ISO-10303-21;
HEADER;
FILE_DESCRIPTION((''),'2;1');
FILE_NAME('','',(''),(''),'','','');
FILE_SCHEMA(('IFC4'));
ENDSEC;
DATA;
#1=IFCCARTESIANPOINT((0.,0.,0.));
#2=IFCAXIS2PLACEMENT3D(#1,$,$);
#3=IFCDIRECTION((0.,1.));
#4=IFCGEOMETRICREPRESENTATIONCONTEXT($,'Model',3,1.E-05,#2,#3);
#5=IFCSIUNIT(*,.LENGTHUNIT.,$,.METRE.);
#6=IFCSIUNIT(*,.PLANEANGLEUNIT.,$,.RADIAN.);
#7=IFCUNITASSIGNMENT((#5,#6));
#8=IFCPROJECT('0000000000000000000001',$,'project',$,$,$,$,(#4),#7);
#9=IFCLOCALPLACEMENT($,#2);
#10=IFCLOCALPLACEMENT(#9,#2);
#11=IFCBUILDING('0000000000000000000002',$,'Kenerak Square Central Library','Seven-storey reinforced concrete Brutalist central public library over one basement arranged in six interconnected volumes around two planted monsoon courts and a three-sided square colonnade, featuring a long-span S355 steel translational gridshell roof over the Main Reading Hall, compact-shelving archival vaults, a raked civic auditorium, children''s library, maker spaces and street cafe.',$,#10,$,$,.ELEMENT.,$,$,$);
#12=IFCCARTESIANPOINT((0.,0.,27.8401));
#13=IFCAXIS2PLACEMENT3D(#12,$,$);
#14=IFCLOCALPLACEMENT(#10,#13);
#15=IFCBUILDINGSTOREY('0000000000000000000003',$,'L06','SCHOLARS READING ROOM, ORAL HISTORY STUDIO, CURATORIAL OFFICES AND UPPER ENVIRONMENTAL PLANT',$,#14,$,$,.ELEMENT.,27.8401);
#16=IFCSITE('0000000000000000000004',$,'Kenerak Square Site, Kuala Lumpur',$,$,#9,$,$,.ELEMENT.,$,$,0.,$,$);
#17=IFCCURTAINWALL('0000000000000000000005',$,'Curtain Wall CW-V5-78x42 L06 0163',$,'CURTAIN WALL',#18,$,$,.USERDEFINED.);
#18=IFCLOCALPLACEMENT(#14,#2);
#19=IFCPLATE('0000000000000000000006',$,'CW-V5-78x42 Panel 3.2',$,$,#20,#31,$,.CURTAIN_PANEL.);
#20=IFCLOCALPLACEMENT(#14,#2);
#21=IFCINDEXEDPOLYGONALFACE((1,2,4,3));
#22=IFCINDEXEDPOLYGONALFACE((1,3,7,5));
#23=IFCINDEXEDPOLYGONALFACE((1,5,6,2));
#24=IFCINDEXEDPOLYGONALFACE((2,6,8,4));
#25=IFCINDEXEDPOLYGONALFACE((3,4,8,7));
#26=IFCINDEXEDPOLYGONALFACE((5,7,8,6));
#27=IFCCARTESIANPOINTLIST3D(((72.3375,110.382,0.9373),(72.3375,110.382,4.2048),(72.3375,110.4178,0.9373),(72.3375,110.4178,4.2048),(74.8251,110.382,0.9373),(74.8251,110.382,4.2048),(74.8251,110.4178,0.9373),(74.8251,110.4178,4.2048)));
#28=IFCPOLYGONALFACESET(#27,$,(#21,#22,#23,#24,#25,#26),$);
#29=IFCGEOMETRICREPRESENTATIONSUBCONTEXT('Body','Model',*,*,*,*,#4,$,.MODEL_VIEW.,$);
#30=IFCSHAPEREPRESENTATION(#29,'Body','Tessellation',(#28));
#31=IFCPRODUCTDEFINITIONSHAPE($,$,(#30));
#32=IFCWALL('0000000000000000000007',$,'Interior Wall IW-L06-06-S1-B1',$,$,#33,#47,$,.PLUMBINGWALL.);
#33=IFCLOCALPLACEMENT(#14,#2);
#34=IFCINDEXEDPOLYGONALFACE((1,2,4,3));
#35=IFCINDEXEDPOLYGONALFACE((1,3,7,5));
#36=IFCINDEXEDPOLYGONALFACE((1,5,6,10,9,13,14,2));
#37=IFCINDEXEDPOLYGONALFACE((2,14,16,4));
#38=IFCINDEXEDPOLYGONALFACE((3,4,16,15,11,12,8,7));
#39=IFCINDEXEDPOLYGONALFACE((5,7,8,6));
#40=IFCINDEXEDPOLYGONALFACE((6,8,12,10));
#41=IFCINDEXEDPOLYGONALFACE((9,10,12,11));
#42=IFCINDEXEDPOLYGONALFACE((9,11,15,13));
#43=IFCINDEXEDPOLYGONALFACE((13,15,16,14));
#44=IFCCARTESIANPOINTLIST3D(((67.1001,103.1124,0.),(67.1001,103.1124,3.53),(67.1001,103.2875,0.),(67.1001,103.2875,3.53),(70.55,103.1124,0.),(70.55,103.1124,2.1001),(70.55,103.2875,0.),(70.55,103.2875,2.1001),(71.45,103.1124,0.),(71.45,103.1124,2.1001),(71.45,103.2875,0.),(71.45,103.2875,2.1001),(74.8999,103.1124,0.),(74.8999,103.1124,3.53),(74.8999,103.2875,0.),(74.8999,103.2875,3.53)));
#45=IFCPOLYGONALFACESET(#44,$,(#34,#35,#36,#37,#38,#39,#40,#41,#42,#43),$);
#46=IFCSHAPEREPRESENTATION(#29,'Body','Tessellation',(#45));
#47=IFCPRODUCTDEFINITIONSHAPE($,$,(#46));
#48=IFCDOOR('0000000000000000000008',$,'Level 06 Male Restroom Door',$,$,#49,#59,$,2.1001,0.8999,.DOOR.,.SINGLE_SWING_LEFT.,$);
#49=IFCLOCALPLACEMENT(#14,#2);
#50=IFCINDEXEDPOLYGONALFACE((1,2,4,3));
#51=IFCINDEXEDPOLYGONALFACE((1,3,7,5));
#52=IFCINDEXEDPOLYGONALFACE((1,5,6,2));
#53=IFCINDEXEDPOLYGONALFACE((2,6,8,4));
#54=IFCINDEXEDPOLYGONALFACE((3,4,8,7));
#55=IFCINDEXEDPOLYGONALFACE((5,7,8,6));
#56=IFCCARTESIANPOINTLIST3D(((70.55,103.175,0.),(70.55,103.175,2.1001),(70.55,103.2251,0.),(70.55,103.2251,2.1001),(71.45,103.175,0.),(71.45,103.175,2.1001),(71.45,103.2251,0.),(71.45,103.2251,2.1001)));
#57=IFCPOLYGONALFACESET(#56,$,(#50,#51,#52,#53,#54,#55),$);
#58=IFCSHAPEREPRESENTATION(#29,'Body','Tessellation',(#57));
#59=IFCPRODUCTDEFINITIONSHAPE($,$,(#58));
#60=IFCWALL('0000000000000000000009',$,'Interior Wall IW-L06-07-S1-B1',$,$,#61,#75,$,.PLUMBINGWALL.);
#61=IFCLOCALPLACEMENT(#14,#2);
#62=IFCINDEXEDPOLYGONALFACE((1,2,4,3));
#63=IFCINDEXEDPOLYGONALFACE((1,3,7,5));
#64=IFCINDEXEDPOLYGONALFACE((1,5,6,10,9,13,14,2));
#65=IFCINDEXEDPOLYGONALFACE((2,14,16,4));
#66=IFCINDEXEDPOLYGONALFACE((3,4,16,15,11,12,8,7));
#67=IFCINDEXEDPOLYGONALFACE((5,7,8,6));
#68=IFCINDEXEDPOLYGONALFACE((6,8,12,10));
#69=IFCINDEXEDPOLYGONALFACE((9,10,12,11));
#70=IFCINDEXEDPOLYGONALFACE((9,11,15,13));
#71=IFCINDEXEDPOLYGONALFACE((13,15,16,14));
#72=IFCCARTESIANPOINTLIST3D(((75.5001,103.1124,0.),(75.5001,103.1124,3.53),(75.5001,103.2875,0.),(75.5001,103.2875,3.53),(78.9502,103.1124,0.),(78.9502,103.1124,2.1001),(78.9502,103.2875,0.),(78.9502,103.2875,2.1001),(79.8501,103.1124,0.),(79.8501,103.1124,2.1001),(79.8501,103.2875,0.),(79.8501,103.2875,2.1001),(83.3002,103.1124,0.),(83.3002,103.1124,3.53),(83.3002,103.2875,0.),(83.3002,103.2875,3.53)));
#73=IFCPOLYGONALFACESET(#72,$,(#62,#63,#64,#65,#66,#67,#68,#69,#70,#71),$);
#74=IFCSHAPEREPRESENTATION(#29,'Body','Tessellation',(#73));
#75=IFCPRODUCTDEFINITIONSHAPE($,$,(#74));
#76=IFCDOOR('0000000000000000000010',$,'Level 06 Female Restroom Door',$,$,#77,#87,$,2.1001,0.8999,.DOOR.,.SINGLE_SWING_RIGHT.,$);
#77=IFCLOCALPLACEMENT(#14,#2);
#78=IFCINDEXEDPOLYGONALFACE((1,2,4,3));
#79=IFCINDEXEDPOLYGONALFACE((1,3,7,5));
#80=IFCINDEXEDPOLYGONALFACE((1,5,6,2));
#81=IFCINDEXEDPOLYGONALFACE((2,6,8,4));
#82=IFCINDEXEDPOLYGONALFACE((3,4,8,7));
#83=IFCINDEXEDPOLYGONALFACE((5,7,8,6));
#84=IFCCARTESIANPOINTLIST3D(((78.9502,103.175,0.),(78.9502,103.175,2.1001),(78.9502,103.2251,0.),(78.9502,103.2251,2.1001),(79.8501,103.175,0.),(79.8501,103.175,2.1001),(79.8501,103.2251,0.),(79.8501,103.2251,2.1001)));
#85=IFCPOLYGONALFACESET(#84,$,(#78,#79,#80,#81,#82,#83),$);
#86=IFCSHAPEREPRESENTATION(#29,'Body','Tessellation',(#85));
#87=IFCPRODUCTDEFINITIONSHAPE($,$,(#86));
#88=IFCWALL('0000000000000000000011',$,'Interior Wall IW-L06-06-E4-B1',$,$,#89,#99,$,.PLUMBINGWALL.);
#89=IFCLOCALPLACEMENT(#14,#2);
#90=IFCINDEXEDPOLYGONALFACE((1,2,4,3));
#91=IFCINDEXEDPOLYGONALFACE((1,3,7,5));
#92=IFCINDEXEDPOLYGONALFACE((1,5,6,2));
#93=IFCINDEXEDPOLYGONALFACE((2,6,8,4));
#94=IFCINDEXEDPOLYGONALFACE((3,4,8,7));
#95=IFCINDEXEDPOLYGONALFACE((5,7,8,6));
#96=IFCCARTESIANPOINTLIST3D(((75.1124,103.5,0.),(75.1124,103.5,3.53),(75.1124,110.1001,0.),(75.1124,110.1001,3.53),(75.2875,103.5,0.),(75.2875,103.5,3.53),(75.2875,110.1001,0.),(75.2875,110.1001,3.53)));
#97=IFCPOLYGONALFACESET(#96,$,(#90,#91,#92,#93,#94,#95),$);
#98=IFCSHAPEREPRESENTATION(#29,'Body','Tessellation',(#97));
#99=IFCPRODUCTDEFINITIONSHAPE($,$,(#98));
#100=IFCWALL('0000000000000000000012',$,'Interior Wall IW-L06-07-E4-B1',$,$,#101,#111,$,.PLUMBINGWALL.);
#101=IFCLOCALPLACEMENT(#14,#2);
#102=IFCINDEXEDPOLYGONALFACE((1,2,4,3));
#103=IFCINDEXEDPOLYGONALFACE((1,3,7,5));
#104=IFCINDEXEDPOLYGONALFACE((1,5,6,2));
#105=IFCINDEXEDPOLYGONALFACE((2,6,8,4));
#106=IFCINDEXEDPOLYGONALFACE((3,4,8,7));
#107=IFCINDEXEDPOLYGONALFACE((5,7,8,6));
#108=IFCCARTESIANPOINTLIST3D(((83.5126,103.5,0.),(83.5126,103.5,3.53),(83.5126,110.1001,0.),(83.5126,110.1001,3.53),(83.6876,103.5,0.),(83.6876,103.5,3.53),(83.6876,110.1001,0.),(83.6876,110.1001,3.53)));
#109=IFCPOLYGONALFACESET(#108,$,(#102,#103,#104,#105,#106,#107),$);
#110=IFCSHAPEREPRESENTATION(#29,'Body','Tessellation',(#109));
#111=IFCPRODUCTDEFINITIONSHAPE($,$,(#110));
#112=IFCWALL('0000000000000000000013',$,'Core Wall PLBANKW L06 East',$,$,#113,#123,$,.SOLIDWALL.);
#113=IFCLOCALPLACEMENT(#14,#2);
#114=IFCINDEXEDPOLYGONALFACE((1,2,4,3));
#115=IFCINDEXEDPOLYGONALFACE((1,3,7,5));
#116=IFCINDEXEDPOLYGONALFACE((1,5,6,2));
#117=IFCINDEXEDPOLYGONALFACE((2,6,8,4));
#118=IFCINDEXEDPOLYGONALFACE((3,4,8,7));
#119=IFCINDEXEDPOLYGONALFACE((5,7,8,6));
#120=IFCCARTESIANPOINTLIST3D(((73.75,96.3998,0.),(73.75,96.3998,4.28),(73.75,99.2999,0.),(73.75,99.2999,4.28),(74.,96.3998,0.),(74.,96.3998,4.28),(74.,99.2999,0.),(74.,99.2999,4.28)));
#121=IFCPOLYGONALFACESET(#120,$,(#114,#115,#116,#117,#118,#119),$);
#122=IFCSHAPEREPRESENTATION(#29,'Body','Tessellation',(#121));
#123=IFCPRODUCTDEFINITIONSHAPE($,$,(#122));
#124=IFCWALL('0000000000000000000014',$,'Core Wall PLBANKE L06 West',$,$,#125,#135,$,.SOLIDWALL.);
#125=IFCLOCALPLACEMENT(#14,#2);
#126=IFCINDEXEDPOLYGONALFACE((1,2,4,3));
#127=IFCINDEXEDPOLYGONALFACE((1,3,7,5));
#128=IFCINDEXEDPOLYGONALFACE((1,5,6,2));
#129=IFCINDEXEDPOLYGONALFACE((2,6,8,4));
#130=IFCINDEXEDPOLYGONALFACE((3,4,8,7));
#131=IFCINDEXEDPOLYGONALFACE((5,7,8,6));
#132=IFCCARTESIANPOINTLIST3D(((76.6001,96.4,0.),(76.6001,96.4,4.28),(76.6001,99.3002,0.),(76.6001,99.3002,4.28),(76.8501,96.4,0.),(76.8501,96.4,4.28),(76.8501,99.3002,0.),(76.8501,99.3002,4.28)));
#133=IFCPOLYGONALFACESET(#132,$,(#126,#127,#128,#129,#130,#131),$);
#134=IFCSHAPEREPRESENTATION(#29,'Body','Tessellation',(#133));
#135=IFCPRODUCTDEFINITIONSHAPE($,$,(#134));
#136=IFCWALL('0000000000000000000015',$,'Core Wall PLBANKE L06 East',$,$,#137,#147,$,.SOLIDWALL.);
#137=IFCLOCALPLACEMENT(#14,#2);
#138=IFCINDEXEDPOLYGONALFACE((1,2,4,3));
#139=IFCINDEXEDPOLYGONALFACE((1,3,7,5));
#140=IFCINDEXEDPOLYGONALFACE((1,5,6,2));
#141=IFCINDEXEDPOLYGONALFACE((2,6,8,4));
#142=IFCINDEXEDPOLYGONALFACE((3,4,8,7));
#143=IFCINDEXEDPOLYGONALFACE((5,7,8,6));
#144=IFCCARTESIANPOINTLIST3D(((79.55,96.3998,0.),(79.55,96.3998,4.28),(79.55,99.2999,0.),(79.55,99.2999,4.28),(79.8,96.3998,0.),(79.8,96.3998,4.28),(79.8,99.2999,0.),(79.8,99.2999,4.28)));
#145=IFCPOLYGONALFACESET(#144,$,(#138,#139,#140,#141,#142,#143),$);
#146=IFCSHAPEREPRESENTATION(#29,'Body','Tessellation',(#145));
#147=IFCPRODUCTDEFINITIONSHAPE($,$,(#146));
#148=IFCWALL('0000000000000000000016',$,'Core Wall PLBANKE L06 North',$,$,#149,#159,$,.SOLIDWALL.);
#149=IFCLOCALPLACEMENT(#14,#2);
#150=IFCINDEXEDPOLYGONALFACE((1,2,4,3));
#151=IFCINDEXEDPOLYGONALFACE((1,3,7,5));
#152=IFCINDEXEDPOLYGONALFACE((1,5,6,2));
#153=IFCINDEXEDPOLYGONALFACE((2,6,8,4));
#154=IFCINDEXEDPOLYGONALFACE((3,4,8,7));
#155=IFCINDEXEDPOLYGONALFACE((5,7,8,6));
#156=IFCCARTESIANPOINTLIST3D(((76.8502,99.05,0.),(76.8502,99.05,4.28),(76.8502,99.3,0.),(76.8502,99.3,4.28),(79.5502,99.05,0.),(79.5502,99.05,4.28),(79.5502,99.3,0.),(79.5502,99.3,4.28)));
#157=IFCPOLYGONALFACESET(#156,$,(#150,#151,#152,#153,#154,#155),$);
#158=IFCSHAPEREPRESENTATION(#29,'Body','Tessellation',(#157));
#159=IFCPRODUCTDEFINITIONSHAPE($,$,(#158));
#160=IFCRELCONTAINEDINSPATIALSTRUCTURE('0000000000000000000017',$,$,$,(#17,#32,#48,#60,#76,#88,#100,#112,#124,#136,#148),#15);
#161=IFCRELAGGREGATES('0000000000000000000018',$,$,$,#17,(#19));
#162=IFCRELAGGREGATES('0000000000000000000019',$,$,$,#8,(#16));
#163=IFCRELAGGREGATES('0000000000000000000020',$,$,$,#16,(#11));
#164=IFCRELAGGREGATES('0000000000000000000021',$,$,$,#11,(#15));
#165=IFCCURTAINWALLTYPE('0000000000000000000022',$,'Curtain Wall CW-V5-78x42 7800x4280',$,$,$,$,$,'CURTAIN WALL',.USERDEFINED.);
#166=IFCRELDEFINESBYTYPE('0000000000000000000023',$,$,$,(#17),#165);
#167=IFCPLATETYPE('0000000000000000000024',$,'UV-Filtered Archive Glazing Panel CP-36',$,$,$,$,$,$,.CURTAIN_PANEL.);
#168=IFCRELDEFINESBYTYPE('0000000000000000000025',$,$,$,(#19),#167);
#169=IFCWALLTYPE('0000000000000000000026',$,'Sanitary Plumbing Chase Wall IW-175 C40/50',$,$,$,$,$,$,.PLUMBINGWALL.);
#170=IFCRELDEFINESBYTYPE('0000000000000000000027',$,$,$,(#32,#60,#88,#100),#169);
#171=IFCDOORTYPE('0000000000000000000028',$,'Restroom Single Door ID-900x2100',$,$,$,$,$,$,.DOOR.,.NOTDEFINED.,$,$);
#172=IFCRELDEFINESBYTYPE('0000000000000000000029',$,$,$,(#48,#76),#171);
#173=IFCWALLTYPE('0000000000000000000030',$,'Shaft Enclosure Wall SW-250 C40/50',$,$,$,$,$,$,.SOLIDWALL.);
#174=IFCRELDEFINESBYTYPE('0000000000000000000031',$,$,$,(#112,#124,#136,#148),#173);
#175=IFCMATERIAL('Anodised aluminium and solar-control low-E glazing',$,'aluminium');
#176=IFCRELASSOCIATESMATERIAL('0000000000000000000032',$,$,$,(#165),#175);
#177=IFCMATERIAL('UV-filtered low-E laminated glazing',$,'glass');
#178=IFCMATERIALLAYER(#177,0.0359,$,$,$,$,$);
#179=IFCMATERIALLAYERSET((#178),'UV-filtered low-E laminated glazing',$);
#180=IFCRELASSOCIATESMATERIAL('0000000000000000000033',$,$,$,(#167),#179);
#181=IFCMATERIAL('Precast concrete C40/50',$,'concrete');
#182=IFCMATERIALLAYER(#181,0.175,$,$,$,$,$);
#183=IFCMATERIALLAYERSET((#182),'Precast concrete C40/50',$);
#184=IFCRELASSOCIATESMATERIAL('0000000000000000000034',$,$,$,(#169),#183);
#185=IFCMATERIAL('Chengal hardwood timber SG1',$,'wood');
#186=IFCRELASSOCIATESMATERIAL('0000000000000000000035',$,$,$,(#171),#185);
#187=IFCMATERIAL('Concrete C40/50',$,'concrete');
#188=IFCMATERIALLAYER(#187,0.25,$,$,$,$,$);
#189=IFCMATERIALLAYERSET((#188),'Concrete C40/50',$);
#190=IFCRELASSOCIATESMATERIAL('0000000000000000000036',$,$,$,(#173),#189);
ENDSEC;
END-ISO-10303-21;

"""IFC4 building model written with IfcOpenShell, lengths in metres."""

from ifc_helpers import new_model, si_unit, direction, frame, frame_2d, origin, origin_2d, place, context, subcontext, project, spatial, rectangle, extrude, material, layer, layer_set, type_object, element, fill, aggregate, save


model = new_model("IFC4")

# Units and contexts
model_context = context("Model", 3, precision=1e-05, world=origin(), true_north=direction((0.0, 1.0)))
body_context = subcontext(model_context, "Body", "Model", "MODEL_VIEW")
ifc_project = project(units=[si_unit("LENGTHUNIT", "METRE"), si_unit("PLANEANGLEUNIT", "RADIAN")], contexts=[model_context])

# Site, building, storey
site_placement = place(None, origin())
site = spatial("IfcSite", under=ifc_project, at=site_placement, Name="Kenerak Square Site, Kuala Lumpur", CompositionType="ELEMENT", RefElevation=0.0)
building_placement = place(site_placement, origin())
building = spatial("IfcBuilding", under=site, at=building_placement, Name="Kenerak Square Central Library", Description="Seven-storey reinforced concrete Brutalist central public library over one basement arranged in six interconnected volumes around two planted monsoon courts and a three-sided square colonnade, featuring a long-span S355 steel translational gridshell roof over the Main Reading Hall, compact-shelving archival vaults, a raked civic auditorium, children's library, maker spaces and street cafe.", CompositionType="ELEMENT")
storey_placement = place(building_placement, frame((0.0, 0.0, 27.8401)))
storey = spatial("IfcBuildingStorey", under=building, at=storey_placement, Name="L06", Description="SCHOLARS READING ROOM, ORAL HISTORY STUDIO, CURATORIAL OFFICES AND UPPER ENVIRONMENTAL PLANT", CompositionType="ELEMENT", Elevation=27.8401)

# Shared definitions
ifc_material_1 = material(Name="Concrete C40/50", Category="concrete")

# Curtain wall
ifc_material_2 = material(Name="Anodised aluminium and solar-control low-E glazing", Category="aluminium")
curtain_wall_type = type_object("IfcCurtainWallType", Name="Curtain Wall CW-V5-78x42 7800x4280", ElementType="CURTAIN WALL", PredefinedType="USERDEFINED", material=ifc_material_2)
curtain_wall_1_placement = place(storey_placement, origin())
curtain_wall_1 = element("IfcCurtainWall", 1, at=curtain_wall_1_placement, inside=storey, type_object=curtain_wall_type, Name="Curtain Wall CW-V5-78x42 L06 0163", ObjectType="CURTAIN WALL", PredefinedType="USERDEFINED")

# Plate
ifc_material_3 = material(Name="UV-filtered low-E laminated glazing", Category="glass")
ifc_layer_1 = layer(ifc_material_3, 0.0359)
ifc_layer_set_1 = layer_set([ifc_layer_1], Name="UV-filtered low-E laminated glazing")
plate_type = type_object("IfcPlateType", Name="UV-Filtered Archive Glazing Panel CP-36", PredefinedType="CURTAIN_PANEL", material=ifc_layer_set_1)
plate_1_placement = place(storey_placement, frame((73.5813, 110.3999, 0.9373), z_axis=(0.0, 0.0, 1.0), x_axis=(1.0, 0.0, 0.0)))
plate_1 = element("IfcPlate", 2, at=plate_1_placement, type_object=plate_type, Name="CW-V5-78x42 Panel 3.2", PredefinedType="CURTAIN_PANEL", context=body_context, shape_type="SweptSolid", body=[
    extrude(rectangle(XDim=2.4875, YDim=0.0359, at=origin_2d()), origin(), (0.0, 0.0, 1.0), 3.2676),
])
aggregate(curtain_wall_1, [plate_1])

# Walls, openings, doors
ifc_material_4 = material(Name="Precast concrete C40/50", Category="concrete")
ifc_layer_2 = layer(ifc_material_4, 0.175)
ifc_layer_set_2 = layer_set([ifc_layer_2], Name="Precast concrete C40/50")
wall_type_1 = type_object("IfcWallType", Name="Sanitary Plumbing Chase Wall IW-175 C40/50", PredefinedType="PLUMBINGWALL", material=ifc_layer_set_2)
wall_1_placement = place(storey_placement, frame((74.8999, 103.2, 0.0), z_axis=(0.0, 0.0, 1.0), x_axis=(-1.0, 0.0, 0.0)))
wall_1 = element("IfcWall", 3, at=wall_1_placement, inside=storey, type_object=wall_type_1, Name="Interior Wall IW-L06-06-S1-B1", PredefinedType="PLUMBINGWALL", context=body_context, shape_type="SweptSolid", body=[
    extrude(rectangle(XDim=7.7998, YDim=0.175, at=frame_2d((3.8999, 0.0))), origin(), (0.0, 0.0, 1.0), 3.53),
])
opening_1_placement = place(wall_1_placement, frame((3.45, 0.0, 0.0)))
opening_1 = element("IfcOpeningElement", 4, at=opening_1_placement, cuts=wall_1, PredefinedType="OPENING", context=body_context, shape_type="SweptSolid", body=[
    extrude(rectangle(XDim=0.8999, YDim=2.1001, at=frame_2d((0.45, 1.05))), frame((0.0, 0.0974, 0.0), z_axis=(0.0, -1.0, 0.0), x_axis=(1.0, 0.0, 0.0)), (0.0, 0.0, 1.0), 0.1951),
])
ifc_material_5 = material(Name="Chengal hardwood timber SG1", Category="wood")
door_type_1 = type_object("IfcDoorType", Name="Restroom Single Door ID-900x2100", OperationType="NOTDEFINED", PredefinedType="DOOR", material=ifc_material_5)
door_1_placement = place(opening_1_placement, origin())
door_1 = element("IfcDoor", 5, at=door_1_placement, inside=storey, type_object=door_type_1, Name="Level 06 Male Restroom Door", OperationType="SINGLE_SWING_LEFT", OverallHeight=2.1001, OverallWidth=0.8999, PredefinedType="DOOR", context=body_context, shape_type="SweptSolid", body=[
    extrude(rectangle(XDim=0.8999, YDim=2.1001, at=frame_2d((0.45, 1.05))), frame((0.0, 0.0249, 0.0), z_axis=(0.0, -1.0, 0.0), x_axis=(1.0, 0.0, 0.0)), (0.0, 0.0, 1.0), 0.05),
])
fill(opening_1, door_1)
wall_2_placement = place(storey_placement, frame((83.3, 103.2, 0.0), z_axis=(0.0, 0.0, 1.0), x_axis=(-1.0, 0.0, 0.0)))
wall_2 = element("IfcWall", 6, at=wall_2_placement, inside=storey, type_object=wall_type_1, Name="Interior Wall IW-L06-07-S1-B1", PredefinedType="PLUMBINGWALL", context=body_context, shape_type="SweptSolid", body=[
    extrude(rectangle(XDim=7.8, YDim=0.175, at=frame_2d((3.8999, 0.0))), origin(), (0.0, 0.0, 1.0), 3.53),
])
opening_2_placement = place(wall_2_placement, frame((3.45, 0.0, 0.0)))
opening_2 = element("IfcOpeningElement", 7, at=opening_2_placement, cuts=wall_2, PredefinedType="OPENING", context=body_context, shape_type="SweptSolid", body=[
    extrude(rectangle(XDim=0.8999, YDim=2.1001, at=frame_2d((0.45, 1.05))), frame((0.0, 0.0974, 0.0), z_axis=(0.0, -1.0, 0.0), x_axis=(1.0, 0.0, 0.0)), (0.0, 0.0, 1.0), 0.1951),
])
door_2_placement = place(opening_2_placement, origin())
door_2 = element("IfcDoor", 8, at=door_2_placement, inside=storey, type_object=door_type_1, Name="Level 06 Female Restroom Door", OperationType="SINGLE_SWING_RIGHT", OverallHeight=2.1001, OverallWidth=0.8999, PredefinedType="DOOR", context=body_context, shape_type="SweptSolid", body=[
    extrude(rectangle(XDim=0.8999, YDim=2.1001, at=frame_2d((0.45, 1.05))), frame((0.0, 0.0249, 0.0), z_axis=(0.0, -1.0, 0.0), x_axis=(1.0, 0.0, 0.0)), (0.0, 0.0, 1.0), 0.05),
])
fill(opening_2, door_2)

# Walls
for number, where, z_axis, x_axis, name in (
    (9, (75.2, 110.1001, 0.0), (0.0, 0.0, 1.0), (0.0, -1.0, 0.0), "Interior Wall IW-L06-06-E4-B1"),
    (10, (83.6001, 110.1001, 0.0), (0.0, 0.0, 1.0), (0.0, -1.0, 0.0), "Interior Wall IW-L06-07-E4-B1"),
):
    element("IfcWall", number, at=place(storey_placement, frame(where, z_axis=z_axis, x_axis=x_axis)), inside=storey, type_object=wall_type_1, Name=name, PredefinedType="PLUMBINGWALL", context=body_context, shape_type="SweptSolid", body=[
        extrude(rectangle(XDim=6.6001, YDim=0.175, at=frame_2d((3.3, 0.0))), origin(), (0.0, 0.0, 1.0), 3.53),
    ])
ifc_layer_3 = layer(ifc_material_1, 0.25)
ifc_layer_set_3 = layer_set([ifc_layer_3], Name="Concrete C40/50")
wall_type_2 = type_object("IfcWallType", Name="Shaft Enclosure Wall SW-250 C40/50", PredefinedType="SOLIDWALL", material=ifc_layer_set_3)
wall_3_placement = place(storey_placement, frame((73.875, 99.3, 0.0), z_axis=(0.0, 0.0, 1.0), x_axis=(0.0, -1.0, 0.0)))
element("IfcWall", 11, at=wall_3_placement, inside=storey, type_object=wall_type_2, Name="Core Wall PLBANKW L06 East", PredefinedType="SOLIDWALL", context=body_context, shape_type="SweptSolid", body=[
    extrude(rectangle(XDim=2.9001, YDim=0.25, at=frame_2d((1.4502, 0.0))), origin(), (0.0, 0.0, 1.0), 4.28),
])

# Walls
for number, where, z_axis, x_axis, name in (
    (12, (76.7251, 96.3999, 0.0), (0.0, 0.0, 1.0), (0.0, 1.0, 0.0), "Core Wall PLBANKE L06 West"),
    (13, (79.675, 99.3, 0.0), (0.0, 0.0, 1.0), (0.0, -1.0, 0.0), "Core Wall PLBANKE L06 East"),
):
    element("IfcWall", number, at=place(storey_placement, frame(where, z_axis=z_axis, x_axis=x_axis)), inside=storey, type_object=wall_type_2, Name=name, PredefinedType="SOLIDWALL", context=body_context, shape_type="SweptSolid", body=[
        extrude(rectangle(XDim=2.9001, YDim=0.25, at=frame_2d((1.4502, 0.0))), origin(), (0.0, 0.0, 1.0), 4.28),
    ])

# Wall
wall_4_placement = place(storey_placement, frame((76.8501, 99.175, 0.0), z_axis=(0.0, 0.0, 1.0), x_axis=(1.0, 0.0, 0.0)))
element("IfcWall", 14, at=wall_4_placement, inside=storey, type_object=wall_type_2, Name="Core Wall PLBANKE L06 North", PredefinedType="SOLIDWALL", context=body_context, shape_type="SweptSolid", body=[
    extrude(rectangle(XDim=2.7, YDim=0.25, at=frame_2d((1.3501, 0.0))), origin(), (0.0, 0.0, 1.0), 4.28),
])

save(model, "model.ifc")
